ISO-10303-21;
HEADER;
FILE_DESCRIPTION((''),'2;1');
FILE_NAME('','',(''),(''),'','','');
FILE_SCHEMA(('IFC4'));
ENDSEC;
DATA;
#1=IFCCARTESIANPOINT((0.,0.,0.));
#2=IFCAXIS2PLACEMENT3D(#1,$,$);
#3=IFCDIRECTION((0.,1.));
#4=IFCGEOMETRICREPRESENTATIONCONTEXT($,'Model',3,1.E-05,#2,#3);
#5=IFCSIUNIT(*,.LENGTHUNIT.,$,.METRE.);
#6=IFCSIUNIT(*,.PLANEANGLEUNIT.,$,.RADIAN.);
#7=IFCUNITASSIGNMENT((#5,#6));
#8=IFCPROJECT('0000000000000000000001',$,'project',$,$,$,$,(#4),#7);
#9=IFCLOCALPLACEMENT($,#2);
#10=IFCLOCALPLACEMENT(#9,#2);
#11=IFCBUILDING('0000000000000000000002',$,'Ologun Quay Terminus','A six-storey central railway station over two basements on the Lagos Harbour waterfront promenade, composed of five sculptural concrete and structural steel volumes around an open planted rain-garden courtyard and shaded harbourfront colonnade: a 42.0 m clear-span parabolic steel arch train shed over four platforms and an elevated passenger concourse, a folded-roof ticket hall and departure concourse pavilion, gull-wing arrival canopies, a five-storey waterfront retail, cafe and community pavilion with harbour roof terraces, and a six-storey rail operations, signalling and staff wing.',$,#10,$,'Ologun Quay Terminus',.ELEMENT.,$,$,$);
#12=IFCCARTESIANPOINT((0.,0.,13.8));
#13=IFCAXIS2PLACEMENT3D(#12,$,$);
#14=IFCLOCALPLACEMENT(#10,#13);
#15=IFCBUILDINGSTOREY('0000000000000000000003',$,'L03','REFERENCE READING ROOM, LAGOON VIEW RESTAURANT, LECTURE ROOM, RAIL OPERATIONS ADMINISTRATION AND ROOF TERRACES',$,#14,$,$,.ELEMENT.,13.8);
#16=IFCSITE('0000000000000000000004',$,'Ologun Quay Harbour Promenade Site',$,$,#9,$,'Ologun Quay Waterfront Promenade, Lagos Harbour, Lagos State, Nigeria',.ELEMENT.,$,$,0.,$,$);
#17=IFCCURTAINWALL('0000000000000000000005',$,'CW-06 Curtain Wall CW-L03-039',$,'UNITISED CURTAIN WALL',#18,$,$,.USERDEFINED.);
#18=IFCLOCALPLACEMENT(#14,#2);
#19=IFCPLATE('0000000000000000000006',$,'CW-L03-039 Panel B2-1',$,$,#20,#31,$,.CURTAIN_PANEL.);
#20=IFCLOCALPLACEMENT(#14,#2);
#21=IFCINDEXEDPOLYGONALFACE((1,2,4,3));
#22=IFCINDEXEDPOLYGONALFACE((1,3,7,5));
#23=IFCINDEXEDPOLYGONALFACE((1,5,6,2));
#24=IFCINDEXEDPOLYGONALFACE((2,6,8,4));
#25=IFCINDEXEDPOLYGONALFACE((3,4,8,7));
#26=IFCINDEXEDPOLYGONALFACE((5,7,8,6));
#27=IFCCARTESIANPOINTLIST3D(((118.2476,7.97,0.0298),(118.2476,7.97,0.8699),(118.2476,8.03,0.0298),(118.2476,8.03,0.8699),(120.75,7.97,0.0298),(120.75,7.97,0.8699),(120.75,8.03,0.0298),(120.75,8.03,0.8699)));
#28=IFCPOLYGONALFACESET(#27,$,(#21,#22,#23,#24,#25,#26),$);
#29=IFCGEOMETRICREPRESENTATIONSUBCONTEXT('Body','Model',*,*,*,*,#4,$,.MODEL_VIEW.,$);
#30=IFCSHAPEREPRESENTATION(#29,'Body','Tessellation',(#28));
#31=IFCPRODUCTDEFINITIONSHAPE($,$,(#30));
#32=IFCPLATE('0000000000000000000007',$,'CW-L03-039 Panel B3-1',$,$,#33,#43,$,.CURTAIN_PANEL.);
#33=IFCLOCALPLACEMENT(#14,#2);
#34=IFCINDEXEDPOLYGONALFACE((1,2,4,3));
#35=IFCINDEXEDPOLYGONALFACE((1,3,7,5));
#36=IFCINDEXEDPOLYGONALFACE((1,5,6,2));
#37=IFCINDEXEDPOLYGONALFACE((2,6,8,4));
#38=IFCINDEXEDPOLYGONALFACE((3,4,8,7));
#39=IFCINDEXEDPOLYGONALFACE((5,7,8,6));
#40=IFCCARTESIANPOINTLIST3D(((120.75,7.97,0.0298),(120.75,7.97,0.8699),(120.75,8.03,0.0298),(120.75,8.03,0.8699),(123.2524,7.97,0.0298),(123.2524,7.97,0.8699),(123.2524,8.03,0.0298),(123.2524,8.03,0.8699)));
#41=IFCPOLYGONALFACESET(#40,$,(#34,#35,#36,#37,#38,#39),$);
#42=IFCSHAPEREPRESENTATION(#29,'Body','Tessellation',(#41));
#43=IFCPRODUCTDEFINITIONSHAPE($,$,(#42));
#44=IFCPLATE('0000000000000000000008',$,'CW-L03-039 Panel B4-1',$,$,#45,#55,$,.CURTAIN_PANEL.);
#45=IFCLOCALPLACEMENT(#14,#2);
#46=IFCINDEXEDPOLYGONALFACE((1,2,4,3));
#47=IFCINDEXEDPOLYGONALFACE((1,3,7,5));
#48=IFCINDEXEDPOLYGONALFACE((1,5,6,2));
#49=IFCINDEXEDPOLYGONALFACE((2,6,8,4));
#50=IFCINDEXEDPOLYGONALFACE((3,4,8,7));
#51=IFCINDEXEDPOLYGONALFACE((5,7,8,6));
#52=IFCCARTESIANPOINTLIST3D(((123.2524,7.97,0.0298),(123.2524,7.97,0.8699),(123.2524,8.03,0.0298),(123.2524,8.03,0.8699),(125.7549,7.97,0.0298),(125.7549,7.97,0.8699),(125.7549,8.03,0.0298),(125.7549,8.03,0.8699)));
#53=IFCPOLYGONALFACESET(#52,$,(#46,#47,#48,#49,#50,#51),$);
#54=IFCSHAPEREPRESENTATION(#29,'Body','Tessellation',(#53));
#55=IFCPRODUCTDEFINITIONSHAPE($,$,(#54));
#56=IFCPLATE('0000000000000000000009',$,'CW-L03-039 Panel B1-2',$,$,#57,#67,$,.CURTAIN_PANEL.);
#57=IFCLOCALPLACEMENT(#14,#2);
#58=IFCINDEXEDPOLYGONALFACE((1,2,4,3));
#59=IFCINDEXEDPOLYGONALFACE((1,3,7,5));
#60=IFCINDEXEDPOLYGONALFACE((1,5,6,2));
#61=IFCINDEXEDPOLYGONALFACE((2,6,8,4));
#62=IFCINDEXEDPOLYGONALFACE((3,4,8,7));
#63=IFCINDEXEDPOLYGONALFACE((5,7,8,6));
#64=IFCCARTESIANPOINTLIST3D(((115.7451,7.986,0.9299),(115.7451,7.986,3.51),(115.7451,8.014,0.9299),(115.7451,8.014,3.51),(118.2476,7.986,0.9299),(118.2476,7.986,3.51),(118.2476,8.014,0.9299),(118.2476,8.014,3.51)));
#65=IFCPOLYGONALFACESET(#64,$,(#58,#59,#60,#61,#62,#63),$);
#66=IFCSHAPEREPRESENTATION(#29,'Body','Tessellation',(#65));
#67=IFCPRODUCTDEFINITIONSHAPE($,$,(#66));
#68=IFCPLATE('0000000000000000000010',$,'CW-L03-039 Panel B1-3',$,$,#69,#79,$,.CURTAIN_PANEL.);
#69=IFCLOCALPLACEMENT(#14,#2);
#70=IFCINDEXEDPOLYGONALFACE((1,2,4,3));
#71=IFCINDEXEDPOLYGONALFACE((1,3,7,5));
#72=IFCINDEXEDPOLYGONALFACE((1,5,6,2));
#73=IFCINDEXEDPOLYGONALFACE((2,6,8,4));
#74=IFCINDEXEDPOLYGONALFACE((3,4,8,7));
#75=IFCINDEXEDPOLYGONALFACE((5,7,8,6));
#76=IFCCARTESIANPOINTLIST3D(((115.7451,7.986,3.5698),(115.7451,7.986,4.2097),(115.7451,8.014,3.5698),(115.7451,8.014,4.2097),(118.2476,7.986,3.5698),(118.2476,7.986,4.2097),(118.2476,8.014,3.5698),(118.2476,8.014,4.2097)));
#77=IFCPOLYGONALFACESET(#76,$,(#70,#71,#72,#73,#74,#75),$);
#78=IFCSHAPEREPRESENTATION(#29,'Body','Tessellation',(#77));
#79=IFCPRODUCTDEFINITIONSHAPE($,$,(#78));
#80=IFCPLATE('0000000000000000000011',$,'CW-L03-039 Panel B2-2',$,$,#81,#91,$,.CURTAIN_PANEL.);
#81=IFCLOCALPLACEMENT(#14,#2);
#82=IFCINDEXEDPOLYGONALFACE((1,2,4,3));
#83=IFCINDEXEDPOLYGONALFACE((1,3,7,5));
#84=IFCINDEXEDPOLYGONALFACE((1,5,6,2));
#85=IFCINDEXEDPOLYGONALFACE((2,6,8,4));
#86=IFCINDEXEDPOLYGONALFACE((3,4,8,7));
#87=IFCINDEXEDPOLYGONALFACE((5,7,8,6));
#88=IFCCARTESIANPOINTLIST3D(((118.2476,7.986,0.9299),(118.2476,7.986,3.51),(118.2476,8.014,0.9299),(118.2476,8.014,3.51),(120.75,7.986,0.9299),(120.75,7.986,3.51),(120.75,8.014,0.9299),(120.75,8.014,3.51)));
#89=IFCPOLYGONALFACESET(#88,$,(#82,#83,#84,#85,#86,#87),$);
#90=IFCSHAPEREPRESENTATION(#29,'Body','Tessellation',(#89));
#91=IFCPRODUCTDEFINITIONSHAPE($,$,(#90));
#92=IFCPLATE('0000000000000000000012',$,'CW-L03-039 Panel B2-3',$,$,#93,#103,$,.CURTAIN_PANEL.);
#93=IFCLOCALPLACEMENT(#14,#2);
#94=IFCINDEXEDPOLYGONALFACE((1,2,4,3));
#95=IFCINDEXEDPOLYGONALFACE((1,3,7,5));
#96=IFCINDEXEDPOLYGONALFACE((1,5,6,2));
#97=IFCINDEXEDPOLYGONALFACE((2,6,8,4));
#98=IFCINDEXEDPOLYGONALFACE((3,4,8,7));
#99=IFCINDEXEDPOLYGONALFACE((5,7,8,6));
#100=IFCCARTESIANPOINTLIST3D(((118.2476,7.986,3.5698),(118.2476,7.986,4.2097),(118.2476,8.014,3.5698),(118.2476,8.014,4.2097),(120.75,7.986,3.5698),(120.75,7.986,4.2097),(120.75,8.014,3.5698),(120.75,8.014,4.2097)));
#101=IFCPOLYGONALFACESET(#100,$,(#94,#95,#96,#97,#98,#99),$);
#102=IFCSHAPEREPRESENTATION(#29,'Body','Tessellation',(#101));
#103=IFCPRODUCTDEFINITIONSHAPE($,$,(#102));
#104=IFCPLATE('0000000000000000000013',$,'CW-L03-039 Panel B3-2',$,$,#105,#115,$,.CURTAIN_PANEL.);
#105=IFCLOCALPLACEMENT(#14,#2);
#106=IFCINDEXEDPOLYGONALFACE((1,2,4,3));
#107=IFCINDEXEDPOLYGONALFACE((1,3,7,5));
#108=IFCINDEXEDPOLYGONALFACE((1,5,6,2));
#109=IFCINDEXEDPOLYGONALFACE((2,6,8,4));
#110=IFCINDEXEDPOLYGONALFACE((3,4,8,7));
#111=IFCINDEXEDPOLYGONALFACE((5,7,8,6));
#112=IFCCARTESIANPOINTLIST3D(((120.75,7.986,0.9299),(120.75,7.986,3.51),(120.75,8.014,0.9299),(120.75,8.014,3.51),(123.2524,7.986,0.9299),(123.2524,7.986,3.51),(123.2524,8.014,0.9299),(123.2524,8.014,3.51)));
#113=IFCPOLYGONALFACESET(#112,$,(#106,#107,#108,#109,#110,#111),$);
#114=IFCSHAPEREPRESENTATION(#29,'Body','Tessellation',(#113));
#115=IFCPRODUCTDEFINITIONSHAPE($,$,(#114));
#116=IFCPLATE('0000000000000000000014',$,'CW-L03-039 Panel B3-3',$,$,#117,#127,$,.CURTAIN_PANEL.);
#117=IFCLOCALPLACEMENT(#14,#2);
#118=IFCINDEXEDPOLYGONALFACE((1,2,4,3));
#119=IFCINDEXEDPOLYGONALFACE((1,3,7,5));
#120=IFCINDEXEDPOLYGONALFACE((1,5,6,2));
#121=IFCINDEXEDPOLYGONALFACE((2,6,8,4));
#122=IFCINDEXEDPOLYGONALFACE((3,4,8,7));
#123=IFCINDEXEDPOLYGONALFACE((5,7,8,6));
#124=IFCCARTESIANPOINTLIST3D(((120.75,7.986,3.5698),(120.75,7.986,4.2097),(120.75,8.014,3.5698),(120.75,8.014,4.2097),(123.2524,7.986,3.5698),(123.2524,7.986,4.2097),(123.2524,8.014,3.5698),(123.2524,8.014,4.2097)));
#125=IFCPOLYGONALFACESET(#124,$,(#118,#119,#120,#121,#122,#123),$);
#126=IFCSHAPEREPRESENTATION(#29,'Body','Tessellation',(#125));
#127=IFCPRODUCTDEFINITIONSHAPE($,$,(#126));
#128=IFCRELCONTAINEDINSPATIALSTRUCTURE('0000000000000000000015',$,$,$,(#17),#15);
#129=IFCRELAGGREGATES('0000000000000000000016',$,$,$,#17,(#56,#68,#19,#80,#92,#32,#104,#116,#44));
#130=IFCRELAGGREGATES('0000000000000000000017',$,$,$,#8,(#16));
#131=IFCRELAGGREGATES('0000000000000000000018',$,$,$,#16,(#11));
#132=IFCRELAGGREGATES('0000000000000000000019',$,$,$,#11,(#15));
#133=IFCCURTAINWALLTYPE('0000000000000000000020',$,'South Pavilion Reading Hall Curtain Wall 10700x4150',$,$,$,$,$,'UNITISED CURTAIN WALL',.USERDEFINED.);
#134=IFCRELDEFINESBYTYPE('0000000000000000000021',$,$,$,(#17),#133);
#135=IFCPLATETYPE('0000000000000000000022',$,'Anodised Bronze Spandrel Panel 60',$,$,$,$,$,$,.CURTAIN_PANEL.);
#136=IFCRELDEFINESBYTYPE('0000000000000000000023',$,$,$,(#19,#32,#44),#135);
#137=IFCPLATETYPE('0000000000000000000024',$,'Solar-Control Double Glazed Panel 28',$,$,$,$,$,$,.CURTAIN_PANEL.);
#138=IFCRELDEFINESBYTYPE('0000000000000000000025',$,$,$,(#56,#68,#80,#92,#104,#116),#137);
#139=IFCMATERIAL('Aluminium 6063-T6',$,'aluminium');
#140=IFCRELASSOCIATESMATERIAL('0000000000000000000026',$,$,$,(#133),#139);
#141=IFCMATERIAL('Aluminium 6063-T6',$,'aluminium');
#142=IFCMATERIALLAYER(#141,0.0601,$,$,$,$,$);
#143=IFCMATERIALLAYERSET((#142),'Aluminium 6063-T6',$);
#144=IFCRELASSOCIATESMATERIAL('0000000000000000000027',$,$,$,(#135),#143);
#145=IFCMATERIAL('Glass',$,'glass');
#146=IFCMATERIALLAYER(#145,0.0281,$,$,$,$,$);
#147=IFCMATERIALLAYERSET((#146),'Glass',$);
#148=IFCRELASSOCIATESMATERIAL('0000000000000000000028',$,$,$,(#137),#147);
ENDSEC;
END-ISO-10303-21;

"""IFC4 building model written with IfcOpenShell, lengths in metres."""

from ifc_helpers import new_model, si_unit, direction, frame, origin, origin_2d, place, context, subcontext, project, spatial, rectangle, extrude, material, layer, layer_set, type_object, element, aggregate, save


model = new_model("IFC4")

# Units and contexts
model_context = context("Model", 3, precision=1e-05, world=origin(), true_north=direction((0.0, 1.0)))
body_context = subcontext(model_context, "Body", "Model", "MODEL_VIEW")
ifc_project = project(units=[si_unit("LENGTHUNIT", "METRE"), si_unit("PLANEANGLEUNIT", "RADIAN")], contexts=[model_context])

# Site, building, storey
site_placement = place(None, origin())
site = spatial("IfcSite", under=ifc_project, at=site_placement, Name="Ologun Quay Harbour Promenade Site", LongName="Ologun Quay Waterfront Promenade, Lagos Harbour, Lagos State, Nigeria", CompositionType="ELEMENT", RefElevation=0.0)
building_placement = place(site_placement, origin())
building = spatial("IfcBuilding", under=site, at=building_placement, Name="Ologun Quay Terminus", Description="A six-storey central railway station over two basements on the Lagos Harbour waterfront promenade, composed of five sculptural concrete and structural steel volumes around an open planted rain-garden courtyard and shaded harbourfront colonnade: a 42.0 m clear-span parabolic steel arch train shed over four platforms and an elevated passenger concourse, a folded-roof ticket hall and departure concourse pavilion, gull-wing arrival canopies, a five-storey waterfront retail, cafe and community pavilion with harbour roof terraces, and a six-storey rail operations, signalling and staff wing.", LongName="Ologun Quay Terminus", CompositionType="ELEMENT")
storey_placement = place(building_placement, frame((0.0, 0.0, 13.8)))
storey = spatial("IfcBuildingStorey", under=building, at=storey_placement, Name="L03", Description="REFERENCE READING ROOM, LAGOON VIEW RESTAURANT, LECTURE ROOM, RAIL OPERATIONS ADMINISTRATION AND ROOF TERRACES", CompositionType="ELEMENT", Elevation=13.8)

# Curtain wall, plates
ifc_material_1 = material(Name="Aluminium 6063-T6", Category="aluminium")
curtain_wall_type = type_object("IfcCurtainWallType", Name="South Pavilion Reading Hall Curtain Wall 10700x4150", ElementType="UNITISED CURTAIN WALL", PredefinedType="USERDEFINED", material=ifc_material_1)
curtain_wall_placement = place(storey_placement, origin())
curtain_wall = element("IfcCurtainWall", 1, at=curtain_wall_placement, inside=storey, type_object=curtain_wall_type, Name="CW-06 Curtain Wall CW-L03-039", ObjectType="UNITISED CURTAIN WALL", PredefinedType="USERDEFINED")
ifc_material_2 = material(Name="Aluminium 6063-T6", Category="aluminium")
ifc_layer_1 = layer(ifc_material_2, 0.0601)
ifc_layer_set_1 = layer_set([ifc_layer_1], Name="Aluminium 6063-T6")
plate_type_1 = type_object("IfcPlateType", Name="Anodised Bronze Spandrel Panel 60", PredefinedType="CURTAIN_PANEL", material=ifc_layer_set_1)
plate_1_placement = place(storey_placement, frame((119.4988, 8.0, 0.0298), z_axis=(0.0, 0.0, 1.0), x_axis=(1.0, 0.0, 0.0)))
plate_1 = element("IfcPlate", 2, at=plate_1_placement, type_object=plate_type_1, Name="CW-L03-039 Panel B2-1", PredefinedType="CURTAIN_PANEL", context=body_context, shape_type="SweptSolid", body=[
    extrude(rectangle(XDim=2.5024, YDim=0.0601, at=origin_2d()), origin(), (0.0, 0.0, 1.0), 0.8401),
])
plate_2_placement = place(storey_placement, frame((122.0012, 8.0, 0.0298), z_axis=(0.0, 0.0, 1.0), x_axis=(1.0, 0.0, 0.0)))
plate_2 = element("IfcPlate", 3, at=plate_2_placement, type_object=plate_type_1, Name="CW-L03-039 Panel B3-1", PredefinedType="CURTAIN_PANEL", context=body_context, shape_type="SweptSolid", body=[
    extrude(rectangle(XDim=2.5024, YDim=0.0601, at=origin_2d()), origin(), (0.0, 0.0, 1.0), 0.8401),
])
plate_3_placement = place(storey_placement, frame((124.5037, 8.0, 0.0298), z_axis=(0.0, 0.0, 1.0), x_axis=(1.0, 0.0, 0.0)))
plate_3 = element("IfcPlate", 4, at=plate_3_placement, type_object=plate_type_1, Name="CW-L03-039 Panel B4-1", PredefinedType="CURTAIN_PANEL", context=body_context, shape_type="SweptSolid", body=[
    extrude(rectangle(XDim=2.5024, YDim=0.0601, at=origin_2d()), origin(), (0.0, 0.0, 1.0), 0.8401),
])
ifc_material_3 = material(Name="Glass", Category="glass")
ifc_layer_2 = layer(ifc_material_3, 0.0281)
ifc_layer_set_2 = layer_set([ifc_layer_2], Name="Glass")
plate_type_2 = type_object("IfcPlateType", Name="Solar-Control Double Glazed Panel 28", PredefinedType="CURTAIN_PANEL", material=ifc_layer_set_2)
plate_4_placement = place(storey_placement, frame((116.9963, 8.0, 0.9299), z_axis=(0.0, 0.0, 1.0), x_axis=(1.0, 0.0, 0.0)))
plate_4 = element("IfcPlate", 5, at=plate_4_placement, type_object=plate_type_2, Name="CW-L03-039 Panel B1-2", PredefinedType="CURTAIN_PANEL", context=body_context, shape_type="SweptSolid", body=[
    extrude(rectangle(XDim=2.5024, YDim=0.0281, at=origin_2d()), origin(), (0.0, 0.0, 1.0), 2.5801),
])
plate_5_placement = place(storey_placement, frame((116.9963, 8.0, 3.5698), z_axis=(0.0, 0.0, 1.0), x_axis=(1.0, 0.0, 0.0)))
plate_5 = element("IfcPlate", 6, at=plate_5_placement, type_object=plate_type_2, Name="CW-L03-039 Panel B1-3", PredefinedType="CURTAIN_PANEL", context=body_context, shape_type="SweptSolid", body=[
    extrude(rectangle(XDim=2.5024, YDim=0.0281, at=origin_2d()), origin(), (0.0, 0.0, 1.0), 0.6399),
])
plate_6_placement = place(storey_placement, frame((119.4988, 8.0, 0.9299), z_axis=(0.0, 0.0, 1.0), x_axis=(1.0, 0.0, 0.0)))
plate_6 = element("IfcPlate", 7, at=plate_6_placement, type_object=plate_type_2, Name="CW-L03-039 Panel B2-2", PredefinedType="CURTAIN_PANEL", context=body_context, shape_type="SweptSolid", body=[
    extrude(rectangle(XDim=2.5024, YDim=0.0281, at=origin_2d()), origin(), (0.0, 0.0, 1.0), 2.5801),
])
plate_7_placement = place(storey_placement, frame((119.4988, 8.0, 3.5698), z_axis=(0.0, 0.0, 1.0), x_axis=(1.0, 0.0, 0.0)))
plate_7 = element("IfcPlate", 8, at=plate_7_placement, type_object=plate_type_2, Name="CW-L03-039 Panel B2-3", PredefinedType="CURTAIN_PANEL", context=body_context, shape_type="SweptSolid", body=[
    extrude(rectangle(XDim=2.5024, YDim=0.0281, at=origin_2d()), origin(), (0.0, 0.0, 1.0), 0.6399),
])
plate_8_placement = place(storey_placement, frame((122.0012, 8.0, 0.9299), z_axis=(0.0, 0.0, 1.0), x_axis=(1.0, 0.0, 0.0)))
plate_8 = element("IfcPlate", 9, at=plate_8_placement, type_object=plate_type_2, Name="CW-L03-039 Panel B3-2", PredefinedType="CURTAIN_PANEL", context=body_context, shape_type="SweptSolid", body=[
    extrude(rectangle(XDim=2.5024, YDim=0.0281, at=origin_2d()), origin(), (0.0, 0.0, 1.0), 2.5801),
])
plate_9_placement = place(storey_placement, frame((122.0012, 8.0, 3.5698), z_axis=(0.0, 0.0, 1.0), x_axis=(1.0, 0.0, 0.0)))
plate_9 = element("IfcPlate", 10, at=plate_9_placement, type_object=plate_type_2, Name="CW-L03-039 Panel B3-3", PredefinedType="CURTAIN_PANEL", context=body_context, shape_type="SweptSolid", body=[
    extrude(rectangle(XDim=2.5024, YDim=0.0281, at=origin_2d()), origin(), (0.0, 0.0, 1.0), 0.6399),
])
aggregate(curtain_wall, [plate_4, plate_5, plate_1, plate_6, plate_7, plate_2, plate_8, plate_9, plate_3])

save(model, "model.ifc")
